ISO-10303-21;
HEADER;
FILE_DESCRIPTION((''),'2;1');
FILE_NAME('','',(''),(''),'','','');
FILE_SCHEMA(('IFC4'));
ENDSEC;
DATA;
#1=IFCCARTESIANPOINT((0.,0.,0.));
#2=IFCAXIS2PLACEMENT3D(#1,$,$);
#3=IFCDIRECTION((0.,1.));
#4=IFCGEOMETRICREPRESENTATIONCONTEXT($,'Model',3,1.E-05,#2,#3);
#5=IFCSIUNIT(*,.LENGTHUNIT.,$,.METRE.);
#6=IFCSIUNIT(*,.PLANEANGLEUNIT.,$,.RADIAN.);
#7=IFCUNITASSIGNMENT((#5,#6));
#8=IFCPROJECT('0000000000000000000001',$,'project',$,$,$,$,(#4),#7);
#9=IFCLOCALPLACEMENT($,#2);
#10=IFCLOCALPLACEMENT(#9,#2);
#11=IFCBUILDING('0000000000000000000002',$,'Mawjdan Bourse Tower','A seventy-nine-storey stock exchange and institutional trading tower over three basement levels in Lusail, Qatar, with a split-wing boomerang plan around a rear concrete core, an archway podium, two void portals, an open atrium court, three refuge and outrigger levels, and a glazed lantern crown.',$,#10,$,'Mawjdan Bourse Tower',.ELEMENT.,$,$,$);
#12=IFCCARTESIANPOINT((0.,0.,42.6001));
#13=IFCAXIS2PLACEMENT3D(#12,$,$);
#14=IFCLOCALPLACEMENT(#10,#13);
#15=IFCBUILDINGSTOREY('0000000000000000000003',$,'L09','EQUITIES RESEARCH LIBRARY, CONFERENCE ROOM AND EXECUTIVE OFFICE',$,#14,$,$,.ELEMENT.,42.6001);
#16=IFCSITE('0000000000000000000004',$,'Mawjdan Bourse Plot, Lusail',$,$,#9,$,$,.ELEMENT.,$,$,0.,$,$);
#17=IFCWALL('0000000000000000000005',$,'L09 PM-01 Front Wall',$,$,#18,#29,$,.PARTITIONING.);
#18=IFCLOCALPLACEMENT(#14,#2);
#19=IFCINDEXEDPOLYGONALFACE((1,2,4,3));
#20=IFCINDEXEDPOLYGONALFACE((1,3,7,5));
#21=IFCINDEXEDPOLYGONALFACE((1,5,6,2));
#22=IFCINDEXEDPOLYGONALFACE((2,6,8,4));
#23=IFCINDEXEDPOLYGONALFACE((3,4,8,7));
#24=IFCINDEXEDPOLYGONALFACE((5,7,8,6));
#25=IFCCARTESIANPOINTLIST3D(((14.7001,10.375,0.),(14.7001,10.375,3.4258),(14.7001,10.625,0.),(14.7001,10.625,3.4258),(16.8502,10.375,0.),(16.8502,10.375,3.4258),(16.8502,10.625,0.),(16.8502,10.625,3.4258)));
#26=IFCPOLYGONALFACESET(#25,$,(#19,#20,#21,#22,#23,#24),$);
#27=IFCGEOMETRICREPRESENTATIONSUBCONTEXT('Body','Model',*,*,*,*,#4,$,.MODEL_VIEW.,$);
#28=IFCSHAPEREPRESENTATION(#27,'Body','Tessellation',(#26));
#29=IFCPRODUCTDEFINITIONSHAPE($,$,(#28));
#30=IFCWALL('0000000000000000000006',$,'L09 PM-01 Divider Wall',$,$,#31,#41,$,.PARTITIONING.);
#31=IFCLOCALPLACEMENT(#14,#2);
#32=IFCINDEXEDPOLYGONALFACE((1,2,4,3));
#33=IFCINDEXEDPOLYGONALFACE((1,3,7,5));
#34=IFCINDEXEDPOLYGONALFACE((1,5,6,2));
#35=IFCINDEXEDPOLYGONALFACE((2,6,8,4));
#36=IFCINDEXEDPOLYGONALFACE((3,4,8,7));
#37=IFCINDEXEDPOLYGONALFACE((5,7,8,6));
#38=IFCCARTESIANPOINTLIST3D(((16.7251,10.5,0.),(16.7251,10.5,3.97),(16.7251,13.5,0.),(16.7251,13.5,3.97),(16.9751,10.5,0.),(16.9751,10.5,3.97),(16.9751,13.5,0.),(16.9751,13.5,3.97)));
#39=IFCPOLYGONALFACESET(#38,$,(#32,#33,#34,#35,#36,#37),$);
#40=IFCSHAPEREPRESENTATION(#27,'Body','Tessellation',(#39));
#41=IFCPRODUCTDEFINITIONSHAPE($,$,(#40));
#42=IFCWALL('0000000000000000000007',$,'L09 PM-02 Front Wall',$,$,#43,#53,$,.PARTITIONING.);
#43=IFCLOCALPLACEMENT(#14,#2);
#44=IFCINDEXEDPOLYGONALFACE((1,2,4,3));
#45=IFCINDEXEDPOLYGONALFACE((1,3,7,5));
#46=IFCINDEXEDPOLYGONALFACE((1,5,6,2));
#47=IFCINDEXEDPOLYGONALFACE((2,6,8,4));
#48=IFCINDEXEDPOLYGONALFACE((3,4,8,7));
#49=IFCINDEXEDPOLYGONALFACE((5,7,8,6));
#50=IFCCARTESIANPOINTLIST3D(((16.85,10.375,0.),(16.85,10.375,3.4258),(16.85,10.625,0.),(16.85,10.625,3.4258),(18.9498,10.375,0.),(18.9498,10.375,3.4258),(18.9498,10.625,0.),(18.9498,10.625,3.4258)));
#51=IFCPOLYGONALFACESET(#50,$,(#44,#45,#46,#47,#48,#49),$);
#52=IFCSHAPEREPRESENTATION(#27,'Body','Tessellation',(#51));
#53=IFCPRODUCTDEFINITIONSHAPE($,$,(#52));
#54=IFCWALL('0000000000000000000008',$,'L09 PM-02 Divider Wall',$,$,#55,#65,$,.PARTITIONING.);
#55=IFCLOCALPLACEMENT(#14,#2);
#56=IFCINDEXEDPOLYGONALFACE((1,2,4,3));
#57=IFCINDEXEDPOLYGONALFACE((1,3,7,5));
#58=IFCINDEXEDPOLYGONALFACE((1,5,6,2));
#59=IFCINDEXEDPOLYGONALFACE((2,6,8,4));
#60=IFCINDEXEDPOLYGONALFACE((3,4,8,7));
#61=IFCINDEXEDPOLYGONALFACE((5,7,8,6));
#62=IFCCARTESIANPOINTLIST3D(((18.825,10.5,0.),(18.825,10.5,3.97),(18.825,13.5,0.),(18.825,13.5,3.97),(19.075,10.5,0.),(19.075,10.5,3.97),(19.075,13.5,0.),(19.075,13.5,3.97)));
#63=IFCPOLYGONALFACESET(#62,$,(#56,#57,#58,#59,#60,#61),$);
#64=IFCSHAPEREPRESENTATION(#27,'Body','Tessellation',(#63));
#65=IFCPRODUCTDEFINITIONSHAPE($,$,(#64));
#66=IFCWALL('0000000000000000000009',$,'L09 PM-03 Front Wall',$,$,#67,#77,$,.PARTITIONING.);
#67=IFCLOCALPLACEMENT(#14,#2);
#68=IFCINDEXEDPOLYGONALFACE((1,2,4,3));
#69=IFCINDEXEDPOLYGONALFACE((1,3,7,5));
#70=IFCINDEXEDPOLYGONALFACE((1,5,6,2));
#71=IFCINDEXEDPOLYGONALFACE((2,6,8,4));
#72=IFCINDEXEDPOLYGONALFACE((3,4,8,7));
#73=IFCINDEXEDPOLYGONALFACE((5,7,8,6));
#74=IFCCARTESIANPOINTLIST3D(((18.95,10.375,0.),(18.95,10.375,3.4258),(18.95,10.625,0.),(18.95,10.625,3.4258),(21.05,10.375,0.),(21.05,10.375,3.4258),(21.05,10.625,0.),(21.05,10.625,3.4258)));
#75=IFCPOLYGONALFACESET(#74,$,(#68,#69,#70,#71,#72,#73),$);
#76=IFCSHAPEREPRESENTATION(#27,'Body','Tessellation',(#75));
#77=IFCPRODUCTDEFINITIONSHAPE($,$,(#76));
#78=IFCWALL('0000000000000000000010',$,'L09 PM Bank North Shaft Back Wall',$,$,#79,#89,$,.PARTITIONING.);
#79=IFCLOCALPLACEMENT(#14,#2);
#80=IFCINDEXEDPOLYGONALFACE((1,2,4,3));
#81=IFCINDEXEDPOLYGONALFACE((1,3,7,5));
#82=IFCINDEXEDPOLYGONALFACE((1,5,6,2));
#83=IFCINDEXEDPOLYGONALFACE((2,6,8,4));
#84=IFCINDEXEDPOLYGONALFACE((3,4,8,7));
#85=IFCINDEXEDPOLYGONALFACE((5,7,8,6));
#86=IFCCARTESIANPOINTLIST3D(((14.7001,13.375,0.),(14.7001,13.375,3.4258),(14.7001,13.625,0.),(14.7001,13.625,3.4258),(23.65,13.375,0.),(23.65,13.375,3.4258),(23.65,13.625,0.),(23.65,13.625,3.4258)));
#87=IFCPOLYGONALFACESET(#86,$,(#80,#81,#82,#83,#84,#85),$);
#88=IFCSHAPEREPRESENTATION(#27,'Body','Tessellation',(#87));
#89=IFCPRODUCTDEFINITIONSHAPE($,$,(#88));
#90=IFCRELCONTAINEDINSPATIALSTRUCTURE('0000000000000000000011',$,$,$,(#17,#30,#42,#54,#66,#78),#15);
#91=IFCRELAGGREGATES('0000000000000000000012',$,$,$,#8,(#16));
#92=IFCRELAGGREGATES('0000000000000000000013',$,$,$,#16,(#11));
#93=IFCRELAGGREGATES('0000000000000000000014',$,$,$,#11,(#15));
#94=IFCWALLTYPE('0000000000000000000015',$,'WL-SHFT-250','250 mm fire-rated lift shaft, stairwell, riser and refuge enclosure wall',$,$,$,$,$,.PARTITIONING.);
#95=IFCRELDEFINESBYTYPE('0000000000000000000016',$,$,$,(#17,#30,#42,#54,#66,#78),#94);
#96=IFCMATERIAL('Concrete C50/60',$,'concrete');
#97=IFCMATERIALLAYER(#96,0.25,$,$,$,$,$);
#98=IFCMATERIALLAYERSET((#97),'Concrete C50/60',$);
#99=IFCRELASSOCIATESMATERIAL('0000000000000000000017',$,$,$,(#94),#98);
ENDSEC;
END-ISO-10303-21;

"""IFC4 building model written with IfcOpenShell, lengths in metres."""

from ifc_helpers import new_model, si_unit, direction, frame, frame_2d, origin, place, context, subcontext, project, spatial, rectangle, extrude, material, layer, layer_set, type_object, element, save


model = new_model("IFC4")

# Units and contexts
model_context = context("Model", 3, precision=1e-05, world=origin(), true_north=direction((0.0, 1.0)))
body_context = subcontext(model_context, "Body", "Model", "MODEL_VIEW")
ifc_project = project(units=[si_unit("LENGTHUNIT", "METRE"), si_unit("PLANEANGLEUNIT", "RADIAN")], contexts=[model_context])

# Site, building, storey
site_placement = place(None, origin())
site = spatial("IfcSite", under=ifc_project, at=site_placement, Name="Mawjdan Bourse Plot, Lusail", CompositionType="ELEMENT", RefElevation=0.0)
building_placement = place(site_placement, origin())
building = spatial("IfcBuilding", under=site, at=building_placement, Name="Mawjdan Bourse Tower", Description="A seventy-nine-storey stock exchange and institutional trading tower over three basement levels in Lusail, Qatar, with a split-wing boomerang plan around a rear concrete core, an archway podium, two void portals, an open atrium court, three refuge and outrigger levels, and a glazed lantern crown.", LongName="Mawjdan Bourse Tower", CompositionType="ELEMENT")
storey_placement = place(building_placement, frame((0.0, 0.0, 42.6001)))
storey = spatial("IfcBuildingStorey", under=building, at=storey_placement, Name="L09", Description="EQUITIES RESEARCH LIBRARY, CONFERENCE ROOM AND EXECUTIVE OFFICE", CompositionType="ELEMENT", Elevation=42.6001)

# Shared definitions
ifc_material_1 = material(Name="Concrete C50/60", Category="concrete")
ifc_layer_1 = layer(ifc_material_1, 0.25)
ifc_layer_set_1 = layer_set([ifc_layer_1], Name="Concrete C50/60")
wall_type_1 = type_object("IfcWallType", Name="WL-SHFT-250", Description="250 mm fire-rated lift shaft, stairwell, riser and refuge enclosure wall", PredefinedType="PARTITIONING", material=ifc_layer_set_1)

# Walls
wall_1_placement = place(storey_placement, frame((14.7, 10.5, 0.0), z_axis=(0.0, 0.0, 1.0), x_axis=(1.0, 0.0, 0.0)))
element("IfcWall", 1, at=wall_1_placement, inside=storey, type_object=wall_type_1, Name="L09 PM-01 Front Wall", PredefinedType="PARTITIONING", context=body_context, shape_type="SweptSolid", body=[
    extrude(rectangle(XDim=2.1501, YDim=0.25, at=frame_2d((1.0752, 0.0))), origin(), (0.0, 0.0, 1.0), 3.4258),
])
wall_2_placement = place(storey_placement, frame((16.8501, 10.5, 0.0), z_axis=(0.0, 0.0, 1.0), x_axis=(0.0, 1.0, 0.0)))
element("IfcWall", 2, at=wall_2_placement, inside=storey, type_object=wall_type_1, Name="L09 PM-01 Divider Wall", PredefinedType="PARTITIONING", context=body_context, shape_type="SweptSolid", body=[
    extrude(rectangle(XDim=3.0, YDim=0.25, at=frame_2d((1.5, 0.0))), origin(), (0.0, 0.0, 1.0), 3.97),
])
wall_3_placement = place(storey_placement, frame((16.8501, 10.5, 0.0), z_axis=(0.0, 0.0, 1.0), x_axis=(1.0, 0.0, 0.0)))
element("IfcWall", 3, at=wall_3_placement, inside=storey, type_object=wall_type_1, Name="L09 PM-02 Front Wall", PredefinedType="PARTITIONING", context=body_context, shape_type="SweptSolid", body=[
    extrude(rectangle(XDim=2.0999, YDim=0.25, at=frame_2d((1.0498, 0.0))), origin(), (0.0, 0.0, 1.0), 3.4258),
])
wall_4_placement = place(storey_placement, frame((18.95, 10.5, 0.0), z_axis=(0.0, 0.0, 1.0), x_axis=(0.0, 1.0, 0.0)))
element("IfcWall", 4, at=wall_4_placement, inside=storey, type_object=wall_type_1, Name="L09 PM-02 Divider Wall", PredefinedType="PARTITIONING", context=body_context, shape_type="SweptSolid", body=[
    extrude(rectangle(XDim=3.0, YDim=0.25, at=frame_2d((1.5, 0.0))), origin(), (0.0, 0.0, 1.0), 3.97),
])
wall_5_placement = place(storey_placement, frame((18.95, 10.5, 0.0), z_axis=(0.0, 0.0, 1.0), x_axis=(1.0, 0.0, 0.0)))
element("IfcWall", 5, at=wall_5_placement, inside=storey, type_object=wall_type_1, Name="L09 PM-03 Front Wall", PredefinedType="PARTITIONING", context=body_context, shape_type="SweptSolid", body=[
    extrude(rectangle(XDim=2.1001, YDim=0.25, at=frame_2d((1.05, 0.0))), origin(), (0.0, 0.0, 1.0), 3.4258),
])
wall_6_placement = place(storey_placement, frame((14.7, 13.5, 0.0), z_axis=(0.0, 0.0, 1.0), x_axis=(1.0, 0.0, 0.0)))
element("IfcWall", 6, at=wall_6_placement, inside=storey, type_object=wall_type_1, Name="L09 PM Bank North Shaft Back Wall", PredefinedType="PARTITIONING", context=body_context, shape_type="SweptSolid", body=[
    extrude(rectangle(XDim=8.95, YDim=0.25, at=frame_2d((4.4751, 0.0))), origin(), (0.0, 0.0, 1.0), 3.4258),
])

save(model, "model.ifc")
